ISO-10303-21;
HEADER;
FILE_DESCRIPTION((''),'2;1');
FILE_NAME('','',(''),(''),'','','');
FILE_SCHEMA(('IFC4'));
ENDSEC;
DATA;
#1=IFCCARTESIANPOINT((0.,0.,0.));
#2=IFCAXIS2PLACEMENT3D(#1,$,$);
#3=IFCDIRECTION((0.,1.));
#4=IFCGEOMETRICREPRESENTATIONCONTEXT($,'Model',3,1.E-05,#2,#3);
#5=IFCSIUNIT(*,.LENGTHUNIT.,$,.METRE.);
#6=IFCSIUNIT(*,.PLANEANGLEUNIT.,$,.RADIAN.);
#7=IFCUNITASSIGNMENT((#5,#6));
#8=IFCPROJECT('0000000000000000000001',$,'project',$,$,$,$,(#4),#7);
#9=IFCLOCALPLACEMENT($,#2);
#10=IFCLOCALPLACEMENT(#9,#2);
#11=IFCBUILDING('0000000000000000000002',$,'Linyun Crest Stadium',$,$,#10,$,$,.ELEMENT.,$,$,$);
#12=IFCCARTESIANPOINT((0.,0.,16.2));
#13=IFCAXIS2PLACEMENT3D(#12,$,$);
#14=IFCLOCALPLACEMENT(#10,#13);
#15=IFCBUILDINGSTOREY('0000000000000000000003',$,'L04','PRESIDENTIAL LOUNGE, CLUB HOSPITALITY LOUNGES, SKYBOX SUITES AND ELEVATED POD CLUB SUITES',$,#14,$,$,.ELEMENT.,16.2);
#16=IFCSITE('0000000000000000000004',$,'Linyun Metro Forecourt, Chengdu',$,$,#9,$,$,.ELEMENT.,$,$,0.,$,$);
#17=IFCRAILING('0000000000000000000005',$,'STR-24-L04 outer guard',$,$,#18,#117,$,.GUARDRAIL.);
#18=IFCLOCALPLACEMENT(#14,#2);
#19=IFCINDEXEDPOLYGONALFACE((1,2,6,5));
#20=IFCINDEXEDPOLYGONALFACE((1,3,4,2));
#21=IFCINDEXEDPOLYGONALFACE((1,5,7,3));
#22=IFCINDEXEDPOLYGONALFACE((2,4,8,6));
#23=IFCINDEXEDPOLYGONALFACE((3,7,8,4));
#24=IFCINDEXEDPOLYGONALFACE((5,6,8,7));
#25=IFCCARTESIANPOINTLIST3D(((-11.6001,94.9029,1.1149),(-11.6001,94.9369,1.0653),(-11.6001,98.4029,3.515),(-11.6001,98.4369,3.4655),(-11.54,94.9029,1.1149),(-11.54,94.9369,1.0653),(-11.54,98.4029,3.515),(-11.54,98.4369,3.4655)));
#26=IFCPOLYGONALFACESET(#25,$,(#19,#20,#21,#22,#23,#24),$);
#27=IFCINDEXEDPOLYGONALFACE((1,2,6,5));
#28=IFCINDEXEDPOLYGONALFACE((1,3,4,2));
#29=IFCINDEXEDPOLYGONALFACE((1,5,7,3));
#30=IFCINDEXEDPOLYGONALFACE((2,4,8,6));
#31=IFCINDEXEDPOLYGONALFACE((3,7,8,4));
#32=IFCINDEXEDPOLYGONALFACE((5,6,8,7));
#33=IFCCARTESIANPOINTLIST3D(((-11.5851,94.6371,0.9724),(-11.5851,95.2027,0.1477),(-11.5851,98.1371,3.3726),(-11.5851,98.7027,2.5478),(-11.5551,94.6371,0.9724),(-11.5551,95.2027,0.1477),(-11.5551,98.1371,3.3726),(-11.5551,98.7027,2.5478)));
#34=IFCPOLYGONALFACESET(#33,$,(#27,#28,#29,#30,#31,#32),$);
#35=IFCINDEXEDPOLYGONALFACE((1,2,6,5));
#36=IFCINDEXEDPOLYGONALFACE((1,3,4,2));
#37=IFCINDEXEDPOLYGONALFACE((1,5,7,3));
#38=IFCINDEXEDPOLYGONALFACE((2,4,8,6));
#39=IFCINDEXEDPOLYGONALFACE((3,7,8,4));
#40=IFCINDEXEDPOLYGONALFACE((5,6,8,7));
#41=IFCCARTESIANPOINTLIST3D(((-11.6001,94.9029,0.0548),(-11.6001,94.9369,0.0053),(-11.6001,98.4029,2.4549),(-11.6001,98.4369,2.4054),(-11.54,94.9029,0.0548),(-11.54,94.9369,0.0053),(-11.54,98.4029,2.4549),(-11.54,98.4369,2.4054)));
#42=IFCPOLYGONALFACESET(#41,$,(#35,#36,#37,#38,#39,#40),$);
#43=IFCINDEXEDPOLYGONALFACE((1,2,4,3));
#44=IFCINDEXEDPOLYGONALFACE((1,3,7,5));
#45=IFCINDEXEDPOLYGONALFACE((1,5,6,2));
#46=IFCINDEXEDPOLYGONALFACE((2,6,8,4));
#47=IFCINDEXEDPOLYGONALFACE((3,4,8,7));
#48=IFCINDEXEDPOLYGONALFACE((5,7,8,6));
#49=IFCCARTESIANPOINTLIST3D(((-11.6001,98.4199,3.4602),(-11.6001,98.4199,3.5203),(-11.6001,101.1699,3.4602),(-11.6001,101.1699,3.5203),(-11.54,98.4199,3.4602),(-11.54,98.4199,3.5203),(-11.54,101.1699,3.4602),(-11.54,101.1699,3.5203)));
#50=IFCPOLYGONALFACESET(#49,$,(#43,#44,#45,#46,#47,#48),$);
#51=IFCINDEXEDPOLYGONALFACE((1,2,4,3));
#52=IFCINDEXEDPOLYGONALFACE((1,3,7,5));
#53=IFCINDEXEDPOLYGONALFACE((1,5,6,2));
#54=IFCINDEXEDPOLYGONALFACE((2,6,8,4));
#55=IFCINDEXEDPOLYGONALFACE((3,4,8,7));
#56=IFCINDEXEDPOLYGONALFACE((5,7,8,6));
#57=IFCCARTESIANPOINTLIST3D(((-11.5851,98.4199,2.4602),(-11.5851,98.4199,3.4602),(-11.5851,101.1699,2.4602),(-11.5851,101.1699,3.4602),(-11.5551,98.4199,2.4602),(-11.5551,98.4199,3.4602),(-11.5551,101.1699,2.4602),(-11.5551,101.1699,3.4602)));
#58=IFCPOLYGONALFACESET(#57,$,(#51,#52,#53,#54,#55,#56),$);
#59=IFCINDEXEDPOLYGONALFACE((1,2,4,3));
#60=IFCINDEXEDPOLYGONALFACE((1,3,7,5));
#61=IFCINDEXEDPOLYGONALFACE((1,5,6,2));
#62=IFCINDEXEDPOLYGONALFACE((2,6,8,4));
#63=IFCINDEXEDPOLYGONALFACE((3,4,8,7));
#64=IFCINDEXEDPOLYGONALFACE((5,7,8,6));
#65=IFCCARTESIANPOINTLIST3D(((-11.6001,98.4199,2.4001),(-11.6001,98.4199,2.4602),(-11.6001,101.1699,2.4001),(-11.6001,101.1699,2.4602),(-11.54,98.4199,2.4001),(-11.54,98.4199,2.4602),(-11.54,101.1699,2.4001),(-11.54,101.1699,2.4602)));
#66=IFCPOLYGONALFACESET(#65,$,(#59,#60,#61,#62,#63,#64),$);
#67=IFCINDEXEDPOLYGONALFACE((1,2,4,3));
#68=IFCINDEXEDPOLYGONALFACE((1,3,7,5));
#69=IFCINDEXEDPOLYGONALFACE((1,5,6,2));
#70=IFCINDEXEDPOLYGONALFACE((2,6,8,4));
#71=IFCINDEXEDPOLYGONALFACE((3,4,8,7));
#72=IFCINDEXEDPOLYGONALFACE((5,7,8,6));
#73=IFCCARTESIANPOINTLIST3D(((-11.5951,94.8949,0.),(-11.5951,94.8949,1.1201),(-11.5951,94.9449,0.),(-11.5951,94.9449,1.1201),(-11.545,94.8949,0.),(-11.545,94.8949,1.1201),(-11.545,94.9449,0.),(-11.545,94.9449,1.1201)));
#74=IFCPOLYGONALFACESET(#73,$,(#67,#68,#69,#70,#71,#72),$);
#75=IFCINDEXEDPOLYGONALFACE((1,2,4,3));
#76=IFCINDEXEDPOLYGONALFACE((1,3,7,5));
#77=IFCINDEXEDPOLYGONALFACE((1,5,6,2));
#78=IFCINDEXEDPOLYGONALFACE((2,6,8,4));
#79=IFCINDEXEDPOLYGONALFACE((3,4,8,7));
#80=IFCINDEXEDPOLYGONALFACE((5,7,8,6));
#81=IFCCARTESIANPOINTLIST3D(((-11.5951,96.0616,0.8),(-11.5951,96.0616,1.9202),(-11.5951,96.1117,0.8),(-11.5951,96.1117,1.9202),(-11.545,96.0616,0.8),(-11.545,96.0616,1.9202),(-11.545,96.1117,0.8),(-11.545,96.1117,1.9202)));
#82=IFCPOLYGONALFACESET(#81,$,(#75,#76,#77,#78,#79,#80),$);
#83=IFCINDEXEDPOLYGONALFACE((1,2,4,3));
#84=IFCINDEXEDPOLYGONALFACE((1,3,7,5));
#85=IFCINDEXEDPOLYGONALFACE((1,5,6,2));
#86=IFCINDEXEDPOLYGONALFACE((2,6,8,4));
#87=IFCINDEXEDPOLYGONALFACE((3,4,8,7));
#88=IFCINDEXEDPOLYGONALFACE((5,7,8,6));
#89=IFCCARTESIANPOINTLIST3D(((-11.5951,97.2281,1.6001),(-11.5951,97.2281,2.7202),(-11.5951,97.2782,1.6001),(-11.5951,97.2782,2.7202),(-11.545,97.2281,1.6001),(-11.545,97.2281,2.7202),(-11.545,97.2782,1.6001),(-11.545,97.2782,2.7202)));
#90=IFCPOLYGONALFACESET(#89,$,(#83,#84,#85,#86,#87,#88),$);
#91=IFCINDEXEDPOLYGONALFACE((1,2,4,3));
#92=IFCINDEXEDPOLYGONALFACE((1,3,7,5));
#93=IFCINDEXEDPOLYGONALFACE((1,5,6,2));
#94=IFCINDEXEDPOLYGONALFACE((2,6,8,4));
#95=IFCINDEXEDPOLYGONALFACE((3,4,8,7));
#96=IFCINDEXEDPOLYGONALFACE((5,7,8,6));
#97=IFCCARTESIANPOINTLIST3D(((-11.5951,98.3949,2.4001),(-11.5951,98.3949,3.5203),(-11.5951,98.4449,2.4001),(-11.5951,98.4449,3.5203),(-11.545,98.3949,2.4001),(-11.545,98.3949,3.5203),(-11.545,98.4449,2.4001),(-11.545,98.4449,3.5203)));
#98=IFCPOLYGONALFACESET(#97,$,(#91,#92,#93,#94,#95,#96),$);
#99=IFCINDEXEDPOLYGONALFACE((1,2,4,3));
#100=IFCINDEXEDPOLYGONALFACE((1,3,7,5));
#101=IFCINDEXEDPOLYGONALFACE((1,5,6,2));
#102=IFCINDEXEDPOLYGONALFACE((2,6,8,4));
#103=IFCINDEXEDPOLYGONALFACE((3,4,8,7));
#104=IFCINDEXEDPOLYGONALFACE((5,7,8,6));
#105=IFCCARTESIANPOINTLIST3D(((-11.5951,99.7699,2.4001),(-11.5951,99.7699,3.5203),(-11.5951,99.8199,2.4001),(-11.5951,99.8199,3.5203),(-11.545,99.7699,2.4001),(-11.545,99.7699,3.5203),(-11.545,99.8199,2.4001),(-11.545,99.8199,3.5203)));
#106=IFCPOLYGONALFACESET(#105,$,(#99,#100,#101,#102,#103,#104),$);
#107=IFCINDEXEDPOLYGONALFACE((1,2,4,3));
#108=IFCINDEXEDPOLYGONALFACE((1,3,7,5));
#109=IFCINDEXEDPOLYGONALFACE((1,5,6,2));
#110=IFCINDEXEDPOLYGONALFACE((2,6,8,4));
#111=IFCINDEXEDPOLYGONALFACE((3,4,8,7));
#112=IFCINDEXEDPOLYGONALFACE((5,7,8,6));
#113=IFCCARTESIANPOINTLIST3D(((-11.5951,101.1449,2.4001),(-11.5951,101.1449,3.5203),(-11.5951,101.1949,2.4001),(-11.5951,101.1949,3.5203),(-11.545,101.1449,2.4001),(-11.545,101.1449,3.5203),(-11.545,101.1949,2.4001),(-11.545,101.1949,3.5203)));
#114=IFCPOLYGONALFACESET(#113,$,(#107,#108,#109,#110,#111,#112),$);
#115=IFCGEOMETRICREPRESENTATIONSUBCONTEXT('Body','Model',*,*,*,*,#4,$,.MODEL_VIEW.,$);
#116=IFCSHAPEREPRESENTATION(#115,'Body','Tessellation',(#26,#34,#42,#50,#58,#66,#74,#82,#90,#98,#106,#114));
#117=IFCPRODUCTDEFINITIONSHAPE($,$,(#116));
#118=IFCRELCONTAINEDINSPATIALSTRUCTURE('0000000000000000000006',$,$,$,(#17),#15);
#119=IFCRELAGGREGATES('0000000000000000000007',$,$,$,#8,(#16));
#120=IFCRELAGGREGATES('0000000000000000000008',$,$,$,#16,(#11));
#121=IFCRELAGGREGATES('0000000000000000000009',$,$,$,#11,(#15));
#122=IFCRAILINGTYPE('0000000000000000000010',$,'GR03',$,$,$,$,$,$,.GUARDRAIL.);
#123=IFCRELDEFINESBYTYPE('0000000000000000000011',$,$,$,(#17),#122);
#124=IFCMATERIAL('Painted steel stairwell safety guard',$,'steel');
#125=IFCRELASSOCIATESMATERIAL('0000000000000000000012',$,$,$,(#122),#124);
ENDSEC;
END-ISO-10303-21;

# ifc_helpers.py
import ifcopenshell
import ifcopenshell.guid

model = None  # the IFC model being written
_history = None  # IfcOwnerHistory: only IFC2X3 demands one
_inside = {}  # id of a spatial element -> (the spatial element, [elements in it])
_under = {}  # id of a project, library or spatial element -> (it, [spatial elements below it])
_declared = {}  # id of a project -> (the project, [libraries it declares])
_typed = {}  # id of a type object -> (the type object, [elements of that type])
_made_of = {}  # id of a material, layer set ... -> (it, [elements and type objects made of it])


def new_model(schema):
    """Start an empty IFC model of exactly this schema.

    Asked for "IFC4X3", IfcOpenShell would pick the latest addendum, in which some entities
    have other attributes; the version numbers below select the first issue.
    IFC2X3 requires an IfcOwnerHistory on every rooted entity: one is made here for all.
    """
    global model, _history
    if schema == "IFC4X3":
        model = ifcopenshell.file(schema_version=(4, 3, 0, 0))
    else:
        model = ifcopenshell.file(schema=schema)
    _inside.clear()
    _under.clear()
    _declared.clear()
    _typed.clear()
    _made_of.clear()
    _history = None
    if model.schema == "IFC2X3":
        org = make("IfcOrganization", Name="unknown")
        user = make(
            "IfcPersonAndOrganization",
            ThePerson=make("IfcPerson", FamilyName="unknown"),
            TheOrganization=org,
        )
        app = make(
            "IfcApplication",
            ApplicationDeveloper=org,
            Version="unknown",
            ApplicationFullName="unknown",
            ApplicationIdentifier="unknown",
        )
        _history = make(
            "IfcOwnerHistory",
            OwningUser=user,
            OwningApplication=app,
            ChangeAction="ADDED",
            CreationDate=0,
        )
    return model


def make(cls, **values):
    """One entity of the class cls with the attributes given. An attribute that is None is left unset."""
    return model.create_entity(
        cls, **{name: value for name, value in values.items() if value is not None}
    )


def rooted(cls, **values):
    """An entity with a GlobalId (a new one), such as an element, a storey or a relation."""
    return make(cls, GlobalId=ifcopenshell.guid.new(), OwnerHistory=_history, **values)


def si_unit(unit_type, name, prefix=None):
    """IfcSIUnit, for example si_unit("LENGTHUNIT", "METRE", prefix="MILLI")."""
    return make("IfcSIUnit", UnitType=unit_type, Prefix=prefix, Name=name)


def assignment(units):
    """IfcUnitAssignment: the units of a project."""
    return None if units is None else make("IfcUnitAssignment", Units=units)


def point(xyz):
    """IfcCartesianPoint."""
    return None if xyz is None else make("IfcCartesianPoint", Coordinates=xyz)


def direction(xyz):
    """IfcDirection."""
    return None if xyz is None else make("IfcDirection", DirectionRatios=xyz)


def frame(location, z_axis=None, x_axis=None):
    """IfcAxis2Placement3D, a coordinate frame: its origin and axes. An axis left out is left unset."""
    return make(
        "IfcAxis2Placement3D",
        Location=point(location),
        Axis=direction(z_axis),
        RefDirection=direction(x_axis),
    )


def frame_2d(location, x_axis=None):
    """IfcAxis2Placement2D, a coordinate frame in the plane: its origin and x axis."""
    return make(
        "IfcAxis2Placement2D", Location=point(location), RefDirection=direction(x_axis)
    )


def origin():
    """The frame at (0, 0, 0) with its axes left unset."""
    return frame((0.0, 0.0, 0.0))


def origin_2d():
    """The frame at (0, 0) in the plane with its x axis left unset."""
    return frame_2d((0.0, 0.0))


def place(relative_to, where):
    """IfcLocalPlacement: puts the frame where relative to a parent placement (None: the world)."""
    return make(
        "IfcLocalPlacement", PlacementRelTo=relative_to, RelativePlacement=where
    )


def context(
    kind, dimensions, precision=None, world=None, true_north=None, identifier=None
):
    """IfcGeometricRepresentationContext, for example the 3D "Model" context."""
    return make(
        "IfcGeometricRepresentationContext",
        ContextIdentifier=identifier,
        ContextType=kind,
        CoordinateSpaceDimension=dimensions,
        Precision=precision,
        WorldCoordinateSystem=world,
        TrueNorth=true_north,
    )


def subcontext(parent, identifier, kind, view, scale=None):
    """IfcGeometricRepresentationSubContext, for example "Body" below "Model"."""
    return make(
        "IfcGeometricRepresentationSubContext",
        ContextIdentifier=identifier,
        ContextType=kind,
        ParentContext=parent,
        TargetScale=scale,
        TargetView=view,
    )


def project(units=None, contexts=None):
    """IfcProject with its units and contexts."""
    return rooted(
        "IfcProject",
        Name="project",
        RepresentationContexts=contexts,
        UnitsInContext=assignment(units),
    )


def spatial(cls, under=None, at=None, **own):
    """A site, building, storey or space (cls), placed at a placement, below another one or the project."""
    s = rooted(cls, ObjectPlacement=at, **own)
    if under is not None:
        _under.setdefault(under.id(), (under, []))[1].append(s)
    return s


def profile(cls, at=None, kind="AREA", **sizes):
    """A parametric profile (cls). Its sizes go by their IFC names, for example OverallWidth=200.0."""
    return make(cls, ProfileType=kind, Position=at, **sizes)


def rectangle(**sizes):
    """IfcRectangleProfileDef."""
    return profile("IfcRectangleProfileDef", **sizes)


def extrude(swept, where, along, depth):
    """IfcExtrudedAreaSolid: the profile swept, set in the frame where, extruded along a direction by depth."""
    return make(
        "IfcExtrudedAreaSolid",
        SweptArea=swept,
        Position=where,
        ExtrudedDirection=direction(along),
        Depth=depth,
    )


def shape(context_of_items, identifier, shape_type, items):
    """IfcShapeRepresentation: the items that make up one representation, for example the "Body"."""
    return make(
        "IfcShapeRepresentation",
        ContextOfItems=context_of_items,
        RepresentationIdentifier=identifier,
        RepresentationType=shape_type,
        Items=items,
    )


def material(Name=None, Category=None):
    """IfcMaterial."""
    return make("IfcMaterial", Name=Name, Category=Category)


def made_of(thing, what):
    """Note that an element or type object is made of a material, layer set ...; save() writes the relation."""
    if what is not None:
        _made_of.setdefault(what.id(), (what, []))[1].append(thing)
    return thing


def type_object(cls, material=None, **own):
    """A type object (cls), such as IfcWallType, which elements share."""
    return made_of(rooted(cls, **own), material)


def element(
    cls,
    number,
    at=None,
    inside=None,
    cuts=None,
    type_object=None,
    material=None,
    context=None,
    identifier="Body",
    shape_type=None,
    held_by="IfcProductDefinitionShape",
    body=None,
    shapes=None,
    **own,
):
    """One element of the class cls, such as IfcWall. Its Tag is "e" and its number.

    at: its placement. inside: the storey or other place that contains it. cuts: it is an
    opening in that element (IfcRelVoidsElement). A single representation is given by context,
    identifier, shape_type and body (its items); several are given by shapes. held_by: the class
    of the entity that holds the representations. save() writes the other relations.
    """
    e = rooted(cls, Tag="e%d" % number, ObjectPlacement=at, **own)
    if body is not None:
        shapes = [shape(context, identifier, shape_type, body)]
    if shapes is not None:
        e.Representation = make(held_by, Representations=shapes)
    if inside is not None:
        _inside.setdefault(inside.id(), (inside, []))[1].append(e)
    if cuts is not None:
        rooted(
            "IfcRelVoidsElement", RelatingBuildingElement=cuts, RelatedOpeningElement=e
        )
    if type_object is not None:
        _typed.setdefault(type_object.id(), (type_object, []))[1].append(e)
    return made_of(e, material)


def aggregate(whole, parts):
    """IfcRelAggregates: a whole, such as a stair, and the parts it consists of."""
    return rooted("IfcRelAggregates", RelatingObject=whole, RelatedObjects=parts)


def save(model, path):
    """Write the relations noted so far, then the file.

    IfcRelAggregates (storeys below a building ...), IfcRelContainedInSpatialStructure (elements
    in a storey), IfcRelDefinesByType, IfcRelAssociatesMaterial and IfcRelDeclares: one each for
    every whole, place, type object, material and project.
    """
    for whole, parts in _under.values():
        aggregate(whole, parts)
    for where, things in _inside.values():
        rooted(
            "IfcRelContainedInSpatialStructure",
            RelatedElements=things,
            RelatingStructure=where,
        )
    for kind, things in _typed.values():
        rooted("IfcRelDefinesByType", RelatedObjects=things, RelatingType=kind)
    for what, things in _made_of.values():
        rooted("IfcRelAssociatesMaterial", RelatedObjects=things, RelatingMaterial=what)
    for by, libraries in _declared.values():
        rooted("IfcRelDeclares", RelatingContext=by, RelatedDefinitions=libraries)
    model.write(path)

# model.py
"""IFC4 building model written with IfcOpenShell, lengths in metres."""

from ifc_helpers import new_model, si_unit, direction, frame, origin, origin_2d, place, context, subcontext, project, spatial, rectangle, extrude, material, type_object, element, save


model = new_model("IFC4")

# Units and contexts
model_context = context("Model", 3, precision=1e-05, world=origin(), true_north=direction((0.0, 1.0)))
body_context = subcontext(model_context, "Body", "Model", "MODEL_VIEW")
ifc_project = project(units=[si_unit("LENGTHUNIT", "METRE"), si_unit("PLANEANGLEUNIT", "RADIAN")], contexts=[model_context])

# Site, building, storey
site_placement = place(None, origin())
site = spatial("IfcSite", under=ifc_project, at=site_placement, Name="Linyun Metro Forecourt, Chengdu", CompositionType="ELEMENT", RefElevation=0.0)
building_placement = place(site_placement, origin())
building = spatial("IfcBuilding", under=site, at=building_placement, Name="Linyun Crest Stadium", CompositionType="ELEMENT")
storey_placement = place(building_placement, frame((0.0, 0.0, 16.2)))
storey = spatial("IfcBuildingStorey", under=building, at=storey_placement, Name="L04", Description="PRESIDENTIAL LOUNGE, CLUB HOSPITALITY LOUNGES, SKYBOX SUITES AND ELEVATED POD CLUB SUITES", CompositionType="ELEMENT", Elevation=16.2)

# Railing
ifc_material_1 = material(Name="Painted steel stairwell safety guard", Category="steel")
railing_type_1 = type_object("IfcRailingType", Name="GR03", PredefinedType="GUARDRAIL", material=ifc_material_1)
railing_1_placement = place(storey_placement, frame((-11.5701, 94.9199, 0.0)))
element("IfcRailing", 1, at=railing_1_placement, inside=storey, type_object=railing_type_1, Name="STR-24-L04 outer guard", PredefinedType="GUARDRAIL", context=body_context, shape_type="SweptSolid", body=[
    extrude(rectangle(XDim=0.0601, YDim=0.0601, at=origin_2d()), frame((0.0, 0.0, 1.0901), z_axis=(0.0, 0.824713, 0.565552), x_axis=(-1.0, 0.0, 0.0)), (0.0, 0.0, 1.0), 4.2439),
    extrude(rectangle(XDim=0.03, YDim=1.0, at=origin_2d()), frame((0.0, 0.0, 0.5601), z_axis=(0.0, 0.824713, 0.565552), x_axis=(-1.0, 0.0, 0.0)), (0.0, 0.0, 1.0), 4.2439),
    extrude(rectangle(XDim=0.0601, YDim=0.0601, at=origin_2d()), frame((0.0, 0.0, 0.03), z_axis=(0.0, 0.824713, 0.565552), x_axis=(-1.0, 0.0, 0.0)), (0.0, 0.0, 1.0), 4.2439),
    extrude(rectangle(XDim=0.0601, YDim=0.0601, at=origin_2d()), frame((0.0, 3.5, 3.4902), z_axis=(0.0, 1.0, 0.0), x_axis=(-1.0, 0.0, 0.0)), (0.0, 0.0, 1.0), 2.75),
    extrude(rectangle(XDim=0.03, YDim=1.0, at=origin_2d()), frame((0.0, 3.5, 2.9602), z_axis=(0.0, 1.0, 0.0), x_axis=(-1.0, 0.0, 0.0)), (0.0, 0.0, 1.0), 2.75),
    extrude(rectangle(XDim=0.0601, YDim=0.0601, at=origin_2d()), frame((0.0, 3.5, 2.4302), z_axis=(0.0, 1.0, 0.0), x_axis=(-1.0, 0.0, 0.0)), (0.0, 0.0, 1.0), 2.75),
    extrude(rectangle(XDim=0.05, YDim=0.05, at=origin_2d()), origin(), (0.0, 0.0, 1.0), 1.1201),
    extrude(rectangle(XDim=0.05, YDim=0.05, at=origin_2d()), frame((0.0, 1.1667, 0.8)), (0.0, 0.0, 1.0), 1.1201),
    extrude(rectangle(XDim=0.05, YDim=0.05, at=origin_2d()), frame((0.0, 2.3333, 1.6001)), (0.0, 0.0, 1.0), 1.1201),
    extrude(rectangle(XDim=0.05, YDim=0.05, at=origin_2d()), frame((0.0, 3.5, 2.4001)), (0.0, 0.0, 1.0), 1.1201),
    extrude(rectangle(XDim=0.05, YDim=0.05, at=origin_2d()), frame((0.0, 4.875, 2.4001)), (0.0, 0.0, 1.0), 1.1201),
    extrude(rectangle(XDim=0.05, YDim=0.05, at=origin_2d()), frame((0.0, 6.25, 2.4001)), (0.0, 0.0, 1.0), 1.1201),
])

save(model, "model.ifc")
